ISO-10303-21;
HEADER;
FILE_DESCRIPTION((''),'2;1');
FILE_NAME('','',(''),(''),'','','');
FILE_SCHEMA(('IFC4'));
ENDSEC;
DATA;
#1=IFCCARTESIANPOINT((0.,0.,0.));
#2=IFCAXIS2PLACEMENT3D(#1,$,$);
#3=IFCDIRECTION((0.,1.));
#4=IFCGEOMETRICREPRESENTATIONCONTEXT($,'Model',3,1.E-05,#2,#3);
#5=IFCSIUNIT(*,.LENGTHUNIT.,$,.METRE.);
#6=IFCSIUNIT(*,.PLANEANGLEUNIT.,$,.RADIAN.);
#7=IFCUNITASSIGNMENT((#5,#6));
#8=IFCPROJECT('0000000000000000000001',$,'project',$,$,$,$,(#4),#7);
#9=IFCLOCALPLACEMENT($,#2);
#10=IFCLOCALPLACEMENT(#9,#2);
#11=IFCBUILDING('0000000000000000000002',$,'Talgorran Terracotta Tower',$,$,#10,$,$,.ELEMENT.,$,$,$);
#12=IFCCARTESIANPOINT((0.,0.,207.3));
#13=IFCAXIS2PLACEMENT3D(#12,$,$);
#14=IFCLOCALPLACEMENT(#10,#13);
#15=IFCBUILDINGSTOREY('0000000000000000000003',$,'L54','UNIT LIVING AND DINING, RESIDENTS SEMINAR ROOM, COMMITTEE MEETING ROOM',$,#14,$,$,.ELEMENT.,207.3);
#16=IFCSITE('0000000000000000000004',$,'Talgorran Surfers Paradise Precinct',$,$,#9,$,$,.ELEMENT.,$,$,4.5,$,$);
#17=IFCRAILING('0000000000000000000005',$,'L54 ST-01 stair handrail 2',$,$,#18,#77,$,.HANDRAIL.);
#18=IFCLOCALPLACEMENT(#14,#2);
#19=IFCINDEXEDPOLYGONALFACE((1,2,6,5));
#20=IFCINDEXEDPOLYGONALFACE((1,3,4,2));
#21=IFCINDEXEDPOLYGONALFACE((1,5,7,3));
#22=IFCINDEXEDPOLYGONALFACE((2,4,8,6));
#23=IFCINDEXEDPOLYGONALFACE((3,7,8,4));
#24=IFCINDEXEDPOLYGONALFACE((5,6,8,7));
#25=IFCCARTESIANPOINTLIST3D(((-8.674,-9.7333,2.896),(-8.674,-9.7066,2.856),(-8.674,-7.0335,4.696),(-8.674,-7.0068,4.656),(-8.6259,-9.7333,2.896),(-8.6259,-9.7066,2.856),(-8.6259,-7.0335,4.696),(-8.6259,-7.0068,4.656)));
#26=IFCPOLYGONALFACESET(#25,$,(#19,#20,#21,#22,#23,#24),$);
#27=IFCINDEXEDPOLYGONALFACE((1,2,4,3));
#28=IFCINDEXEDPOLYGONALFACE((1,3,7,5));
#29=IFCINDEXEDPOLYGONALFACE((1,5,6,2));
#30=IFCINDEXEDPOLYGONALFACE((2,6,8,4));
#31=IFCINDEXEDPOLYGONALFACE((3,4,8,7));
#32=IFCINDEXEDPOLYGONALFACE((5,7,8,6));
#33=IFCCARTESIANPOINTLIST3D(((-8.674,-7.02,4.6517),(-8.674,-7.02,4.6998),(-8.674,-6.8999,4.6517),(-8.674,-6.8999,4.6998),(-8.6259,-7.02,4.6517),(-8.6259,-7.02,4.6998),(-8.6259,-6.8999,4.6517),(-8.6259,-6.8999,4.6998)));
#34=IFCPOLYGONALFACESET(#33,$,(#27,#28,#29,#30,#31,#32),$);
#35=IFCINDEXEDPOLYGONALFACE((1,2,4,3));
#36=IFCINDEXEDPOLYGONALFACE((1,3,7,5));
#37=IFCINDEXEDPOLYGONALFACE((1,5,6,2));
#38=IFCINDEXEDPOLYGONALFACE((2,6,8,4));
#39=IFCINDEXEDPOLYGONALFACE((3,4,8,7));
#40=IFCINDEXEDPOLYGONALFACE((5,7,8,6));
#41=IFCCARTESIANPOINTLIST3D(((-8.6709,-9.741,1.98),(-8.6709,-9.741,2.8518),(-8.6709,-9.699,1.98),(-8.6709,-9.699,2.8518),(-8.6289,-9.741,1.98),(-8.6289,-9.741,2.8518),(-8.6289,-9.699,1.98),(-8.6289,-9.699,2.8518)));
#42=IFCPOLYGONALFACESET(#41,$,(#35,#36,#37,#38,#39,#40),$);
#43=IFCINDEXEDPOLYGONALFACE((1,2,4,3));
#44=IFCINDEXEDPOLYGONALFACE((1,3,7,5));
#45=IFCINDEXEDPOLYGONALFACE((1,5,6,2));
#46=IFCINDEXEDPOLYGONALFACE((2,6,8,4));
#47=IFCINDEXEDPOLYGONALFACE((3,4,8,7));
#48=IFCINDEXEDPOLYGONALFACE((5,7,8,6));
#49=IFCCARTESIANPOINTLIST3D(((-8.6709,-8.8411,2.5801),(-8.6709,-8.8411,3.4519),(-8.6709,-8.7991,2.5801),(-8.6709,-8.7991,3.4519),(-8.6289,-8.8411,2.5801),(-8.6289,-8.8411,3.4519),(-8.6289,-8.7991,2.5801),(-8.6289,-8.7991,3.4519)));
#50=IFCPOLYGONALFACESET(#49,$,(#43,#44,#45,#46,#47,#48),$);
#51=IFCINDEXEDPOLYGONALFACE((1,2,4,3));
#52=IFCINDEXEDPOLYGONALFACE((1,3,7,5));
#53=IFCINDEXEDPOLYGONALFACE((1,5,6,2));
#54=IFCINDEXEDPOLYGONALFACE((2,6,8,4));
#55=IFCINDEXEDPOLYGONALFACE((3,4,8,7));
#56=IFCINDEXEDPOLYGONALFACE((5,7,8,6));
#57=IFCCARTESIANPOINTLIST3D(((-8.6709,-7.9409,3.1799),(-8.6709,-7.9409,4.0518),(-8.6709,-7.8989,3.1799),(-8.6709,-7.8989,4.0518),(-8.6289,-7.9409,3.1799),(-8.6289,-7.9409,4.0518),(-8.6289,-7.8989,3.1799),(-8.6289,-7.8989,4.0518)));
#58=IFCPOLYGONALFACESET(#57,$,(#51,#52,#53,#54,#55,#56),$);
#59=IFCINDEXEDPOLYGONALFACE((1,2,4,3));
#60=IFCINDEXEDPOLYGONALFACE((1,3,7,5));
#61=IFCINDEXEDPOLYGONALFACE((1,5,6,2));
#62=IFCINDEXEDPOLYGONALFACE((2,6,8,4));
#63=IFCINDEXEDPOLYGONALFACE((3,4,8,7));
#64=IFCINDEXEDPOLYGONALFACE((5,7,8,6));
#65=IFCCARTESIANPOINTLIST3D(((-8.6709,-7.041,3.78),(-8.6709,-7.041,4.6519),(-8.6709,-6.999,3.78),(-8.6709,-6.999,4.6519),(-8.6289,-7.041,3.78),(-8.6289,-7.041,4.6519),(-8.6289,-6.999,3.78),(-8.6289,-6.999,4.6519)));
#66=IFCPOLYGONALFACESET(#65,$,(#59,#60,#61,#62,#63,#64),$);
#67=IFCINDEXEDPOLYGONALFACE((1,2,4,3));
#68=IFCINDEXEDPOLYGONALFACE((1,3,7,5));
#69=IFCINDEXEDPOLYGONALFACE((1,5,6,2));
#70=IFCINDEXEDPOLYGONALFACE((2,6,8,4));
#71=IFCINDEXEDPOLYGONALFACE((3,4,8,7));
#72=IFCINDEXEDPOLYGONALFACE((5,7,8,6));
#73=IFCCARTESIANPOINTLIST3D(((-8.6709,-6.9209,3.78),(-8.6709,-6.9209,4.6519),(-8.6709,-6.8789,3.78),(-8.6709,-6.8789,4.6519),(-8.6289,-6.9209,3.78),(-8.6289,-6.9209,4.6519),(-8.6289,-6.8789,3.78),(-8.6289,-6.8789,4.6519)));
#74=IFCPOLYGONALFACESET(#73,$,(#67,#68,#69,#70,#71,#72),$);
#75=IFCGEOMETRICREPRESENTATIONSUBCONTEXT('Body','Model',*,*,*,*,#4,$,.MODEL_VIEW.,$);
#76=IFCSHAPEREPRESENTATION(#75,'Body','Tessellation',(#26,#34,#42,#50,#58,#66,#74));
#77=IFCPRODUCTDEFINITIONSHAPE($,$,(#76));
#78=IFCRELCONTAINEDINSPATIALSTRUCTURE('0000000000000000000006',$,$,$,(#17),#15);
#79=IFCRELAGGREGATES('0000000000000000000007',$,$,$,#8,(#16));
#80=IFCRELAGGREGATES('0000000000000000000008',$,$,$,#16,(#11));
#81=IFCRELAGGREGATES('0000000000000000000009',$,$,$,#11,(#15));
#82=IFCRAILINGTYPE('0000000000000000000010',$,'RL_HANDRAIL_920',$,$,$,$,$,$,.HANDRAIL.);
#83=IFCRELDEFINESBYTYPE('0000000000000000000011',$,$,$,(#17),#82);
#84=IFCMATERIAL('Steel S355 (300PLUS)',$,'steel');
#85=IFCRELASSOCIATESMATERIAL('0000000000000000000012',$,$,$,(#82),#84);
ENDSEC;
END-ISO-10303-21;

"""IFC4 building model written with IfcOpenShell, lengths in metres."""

from ifc_helpers import new_model, si_unit, direction, frame, origin, origin_2d, place, context, subcontext, project, spatial, rectangle, extrude, material, type_object, element, save


model = new_model("IFC4")

# Units and contexts
model_context = context("Model", 3, precision=1e-05, world=origin(), true_north=direction((0.0, 1.0)))
body_context = subcontext(model_context, "Body", "Model", "MODEL_VIEW")
ifc_project = project(units=[si_unit("LENGTHUNIT", "METRE"), si_unit("PLANEANGLEUNIT", "RADIAN")], contexts=[model_context])

# Site, building, storey
site_placement = place(None, origin())
site = spatial("IfcSite", under=ifc_project, at=site_placement, Name="Talgorran Surfers Paradise Precinct", CompositionType="ELEMENT", RefElevation=4.5)
building_placement = place(site_placement, origin())
building = spatial("IfcBuilding", under=site, at=building_placement, Name="Talgorran Terracotta Tower", CompositionType="ELEMENT")
storey_placement = place(building_placement, frame((0.0, 0.0, 207.3)))
storey = spatial("IfcBuildingStorey", under=building, at=storey_placement, Name="L54", Description="UNIT LIVING AND DINING, RESIDENTS SEMINAR ROOM, COMMITTEE MEETING ROOM", CompositionType="ELEMENT", Elevation=207.3)

# Shared definitions
ifc_material_1 = material(Name="Steel S355 (300PLUS)", Category="steel")

# Railing
railing_type = type_object("IfcRailingType", Name="RL_HANDRAIL_920", PredefinedType="HANDRAIL", material=ifc_material_1)
railing_placement = place(storey_placement, frame((-8.6499, -9.72, 1.98)))
element("IfcRailing", 1, at=railing_placement, inside=storey, type_object=railing_type, Name="L54 ST-01 stair handrail 2", PredefinedType="HANDRAIL", context=body_context, shape_type="SweptSolid", body=[
    extrude(rectangle(XDim=0.0481, YDim=0.0481, at=origin_2d()), frame((0.0, 0.0, 0.896), z_axis=(0.0, 0.832039, 0.554718), x_axis=(-1.0, 0.0, 0.0)), (0.0, 0.0, 1.0), 3.2449),
    extrude(rectangle(XDim=0.0481, YDim=0.0481, at=origin_2d()), frame((0.0, 2.7, 2.6958), z_axis=(0.0, 1.0, 0.0), x_axis=(-1.0, 0.0, 0.0)), (0.0, 0.0, 1.0), 0.1201),
    extrude(rectangle(XDim=0.042, YDim=0.042, at=origin_2d()), origin(), (0.0, 0.0, 1.0), 0.8718),
    extrude(rectangle(XDim=0.042, YDim=0.042, at=origin_2d()), frame((0.0, 0.8999, 0.6001)), (0.0, 0.0, 1.0), 0.8718),
    extrude(rectangle(XDim=0.042, YDim=0.042, at=origin_2d()), frame((0.0, 1.8, 1.2)), (0.0, 0.0, 1.0), 0.8718),
    extrude(rectangle(XDim=0.042, YDim=0.042, at=origin_2d()), frame((0.0, 2.7, 1.8)), (0.0, 0.0, 1.0), 0.8718),
    extrude(rectangle(XDim=0.042, YDim=0.042, at=origin_2d()), frame((0.0, 2.8201, 1.8)), (0.0, 0.0, 1.0), 0.8718),
])

save(model, "model.ifc")
